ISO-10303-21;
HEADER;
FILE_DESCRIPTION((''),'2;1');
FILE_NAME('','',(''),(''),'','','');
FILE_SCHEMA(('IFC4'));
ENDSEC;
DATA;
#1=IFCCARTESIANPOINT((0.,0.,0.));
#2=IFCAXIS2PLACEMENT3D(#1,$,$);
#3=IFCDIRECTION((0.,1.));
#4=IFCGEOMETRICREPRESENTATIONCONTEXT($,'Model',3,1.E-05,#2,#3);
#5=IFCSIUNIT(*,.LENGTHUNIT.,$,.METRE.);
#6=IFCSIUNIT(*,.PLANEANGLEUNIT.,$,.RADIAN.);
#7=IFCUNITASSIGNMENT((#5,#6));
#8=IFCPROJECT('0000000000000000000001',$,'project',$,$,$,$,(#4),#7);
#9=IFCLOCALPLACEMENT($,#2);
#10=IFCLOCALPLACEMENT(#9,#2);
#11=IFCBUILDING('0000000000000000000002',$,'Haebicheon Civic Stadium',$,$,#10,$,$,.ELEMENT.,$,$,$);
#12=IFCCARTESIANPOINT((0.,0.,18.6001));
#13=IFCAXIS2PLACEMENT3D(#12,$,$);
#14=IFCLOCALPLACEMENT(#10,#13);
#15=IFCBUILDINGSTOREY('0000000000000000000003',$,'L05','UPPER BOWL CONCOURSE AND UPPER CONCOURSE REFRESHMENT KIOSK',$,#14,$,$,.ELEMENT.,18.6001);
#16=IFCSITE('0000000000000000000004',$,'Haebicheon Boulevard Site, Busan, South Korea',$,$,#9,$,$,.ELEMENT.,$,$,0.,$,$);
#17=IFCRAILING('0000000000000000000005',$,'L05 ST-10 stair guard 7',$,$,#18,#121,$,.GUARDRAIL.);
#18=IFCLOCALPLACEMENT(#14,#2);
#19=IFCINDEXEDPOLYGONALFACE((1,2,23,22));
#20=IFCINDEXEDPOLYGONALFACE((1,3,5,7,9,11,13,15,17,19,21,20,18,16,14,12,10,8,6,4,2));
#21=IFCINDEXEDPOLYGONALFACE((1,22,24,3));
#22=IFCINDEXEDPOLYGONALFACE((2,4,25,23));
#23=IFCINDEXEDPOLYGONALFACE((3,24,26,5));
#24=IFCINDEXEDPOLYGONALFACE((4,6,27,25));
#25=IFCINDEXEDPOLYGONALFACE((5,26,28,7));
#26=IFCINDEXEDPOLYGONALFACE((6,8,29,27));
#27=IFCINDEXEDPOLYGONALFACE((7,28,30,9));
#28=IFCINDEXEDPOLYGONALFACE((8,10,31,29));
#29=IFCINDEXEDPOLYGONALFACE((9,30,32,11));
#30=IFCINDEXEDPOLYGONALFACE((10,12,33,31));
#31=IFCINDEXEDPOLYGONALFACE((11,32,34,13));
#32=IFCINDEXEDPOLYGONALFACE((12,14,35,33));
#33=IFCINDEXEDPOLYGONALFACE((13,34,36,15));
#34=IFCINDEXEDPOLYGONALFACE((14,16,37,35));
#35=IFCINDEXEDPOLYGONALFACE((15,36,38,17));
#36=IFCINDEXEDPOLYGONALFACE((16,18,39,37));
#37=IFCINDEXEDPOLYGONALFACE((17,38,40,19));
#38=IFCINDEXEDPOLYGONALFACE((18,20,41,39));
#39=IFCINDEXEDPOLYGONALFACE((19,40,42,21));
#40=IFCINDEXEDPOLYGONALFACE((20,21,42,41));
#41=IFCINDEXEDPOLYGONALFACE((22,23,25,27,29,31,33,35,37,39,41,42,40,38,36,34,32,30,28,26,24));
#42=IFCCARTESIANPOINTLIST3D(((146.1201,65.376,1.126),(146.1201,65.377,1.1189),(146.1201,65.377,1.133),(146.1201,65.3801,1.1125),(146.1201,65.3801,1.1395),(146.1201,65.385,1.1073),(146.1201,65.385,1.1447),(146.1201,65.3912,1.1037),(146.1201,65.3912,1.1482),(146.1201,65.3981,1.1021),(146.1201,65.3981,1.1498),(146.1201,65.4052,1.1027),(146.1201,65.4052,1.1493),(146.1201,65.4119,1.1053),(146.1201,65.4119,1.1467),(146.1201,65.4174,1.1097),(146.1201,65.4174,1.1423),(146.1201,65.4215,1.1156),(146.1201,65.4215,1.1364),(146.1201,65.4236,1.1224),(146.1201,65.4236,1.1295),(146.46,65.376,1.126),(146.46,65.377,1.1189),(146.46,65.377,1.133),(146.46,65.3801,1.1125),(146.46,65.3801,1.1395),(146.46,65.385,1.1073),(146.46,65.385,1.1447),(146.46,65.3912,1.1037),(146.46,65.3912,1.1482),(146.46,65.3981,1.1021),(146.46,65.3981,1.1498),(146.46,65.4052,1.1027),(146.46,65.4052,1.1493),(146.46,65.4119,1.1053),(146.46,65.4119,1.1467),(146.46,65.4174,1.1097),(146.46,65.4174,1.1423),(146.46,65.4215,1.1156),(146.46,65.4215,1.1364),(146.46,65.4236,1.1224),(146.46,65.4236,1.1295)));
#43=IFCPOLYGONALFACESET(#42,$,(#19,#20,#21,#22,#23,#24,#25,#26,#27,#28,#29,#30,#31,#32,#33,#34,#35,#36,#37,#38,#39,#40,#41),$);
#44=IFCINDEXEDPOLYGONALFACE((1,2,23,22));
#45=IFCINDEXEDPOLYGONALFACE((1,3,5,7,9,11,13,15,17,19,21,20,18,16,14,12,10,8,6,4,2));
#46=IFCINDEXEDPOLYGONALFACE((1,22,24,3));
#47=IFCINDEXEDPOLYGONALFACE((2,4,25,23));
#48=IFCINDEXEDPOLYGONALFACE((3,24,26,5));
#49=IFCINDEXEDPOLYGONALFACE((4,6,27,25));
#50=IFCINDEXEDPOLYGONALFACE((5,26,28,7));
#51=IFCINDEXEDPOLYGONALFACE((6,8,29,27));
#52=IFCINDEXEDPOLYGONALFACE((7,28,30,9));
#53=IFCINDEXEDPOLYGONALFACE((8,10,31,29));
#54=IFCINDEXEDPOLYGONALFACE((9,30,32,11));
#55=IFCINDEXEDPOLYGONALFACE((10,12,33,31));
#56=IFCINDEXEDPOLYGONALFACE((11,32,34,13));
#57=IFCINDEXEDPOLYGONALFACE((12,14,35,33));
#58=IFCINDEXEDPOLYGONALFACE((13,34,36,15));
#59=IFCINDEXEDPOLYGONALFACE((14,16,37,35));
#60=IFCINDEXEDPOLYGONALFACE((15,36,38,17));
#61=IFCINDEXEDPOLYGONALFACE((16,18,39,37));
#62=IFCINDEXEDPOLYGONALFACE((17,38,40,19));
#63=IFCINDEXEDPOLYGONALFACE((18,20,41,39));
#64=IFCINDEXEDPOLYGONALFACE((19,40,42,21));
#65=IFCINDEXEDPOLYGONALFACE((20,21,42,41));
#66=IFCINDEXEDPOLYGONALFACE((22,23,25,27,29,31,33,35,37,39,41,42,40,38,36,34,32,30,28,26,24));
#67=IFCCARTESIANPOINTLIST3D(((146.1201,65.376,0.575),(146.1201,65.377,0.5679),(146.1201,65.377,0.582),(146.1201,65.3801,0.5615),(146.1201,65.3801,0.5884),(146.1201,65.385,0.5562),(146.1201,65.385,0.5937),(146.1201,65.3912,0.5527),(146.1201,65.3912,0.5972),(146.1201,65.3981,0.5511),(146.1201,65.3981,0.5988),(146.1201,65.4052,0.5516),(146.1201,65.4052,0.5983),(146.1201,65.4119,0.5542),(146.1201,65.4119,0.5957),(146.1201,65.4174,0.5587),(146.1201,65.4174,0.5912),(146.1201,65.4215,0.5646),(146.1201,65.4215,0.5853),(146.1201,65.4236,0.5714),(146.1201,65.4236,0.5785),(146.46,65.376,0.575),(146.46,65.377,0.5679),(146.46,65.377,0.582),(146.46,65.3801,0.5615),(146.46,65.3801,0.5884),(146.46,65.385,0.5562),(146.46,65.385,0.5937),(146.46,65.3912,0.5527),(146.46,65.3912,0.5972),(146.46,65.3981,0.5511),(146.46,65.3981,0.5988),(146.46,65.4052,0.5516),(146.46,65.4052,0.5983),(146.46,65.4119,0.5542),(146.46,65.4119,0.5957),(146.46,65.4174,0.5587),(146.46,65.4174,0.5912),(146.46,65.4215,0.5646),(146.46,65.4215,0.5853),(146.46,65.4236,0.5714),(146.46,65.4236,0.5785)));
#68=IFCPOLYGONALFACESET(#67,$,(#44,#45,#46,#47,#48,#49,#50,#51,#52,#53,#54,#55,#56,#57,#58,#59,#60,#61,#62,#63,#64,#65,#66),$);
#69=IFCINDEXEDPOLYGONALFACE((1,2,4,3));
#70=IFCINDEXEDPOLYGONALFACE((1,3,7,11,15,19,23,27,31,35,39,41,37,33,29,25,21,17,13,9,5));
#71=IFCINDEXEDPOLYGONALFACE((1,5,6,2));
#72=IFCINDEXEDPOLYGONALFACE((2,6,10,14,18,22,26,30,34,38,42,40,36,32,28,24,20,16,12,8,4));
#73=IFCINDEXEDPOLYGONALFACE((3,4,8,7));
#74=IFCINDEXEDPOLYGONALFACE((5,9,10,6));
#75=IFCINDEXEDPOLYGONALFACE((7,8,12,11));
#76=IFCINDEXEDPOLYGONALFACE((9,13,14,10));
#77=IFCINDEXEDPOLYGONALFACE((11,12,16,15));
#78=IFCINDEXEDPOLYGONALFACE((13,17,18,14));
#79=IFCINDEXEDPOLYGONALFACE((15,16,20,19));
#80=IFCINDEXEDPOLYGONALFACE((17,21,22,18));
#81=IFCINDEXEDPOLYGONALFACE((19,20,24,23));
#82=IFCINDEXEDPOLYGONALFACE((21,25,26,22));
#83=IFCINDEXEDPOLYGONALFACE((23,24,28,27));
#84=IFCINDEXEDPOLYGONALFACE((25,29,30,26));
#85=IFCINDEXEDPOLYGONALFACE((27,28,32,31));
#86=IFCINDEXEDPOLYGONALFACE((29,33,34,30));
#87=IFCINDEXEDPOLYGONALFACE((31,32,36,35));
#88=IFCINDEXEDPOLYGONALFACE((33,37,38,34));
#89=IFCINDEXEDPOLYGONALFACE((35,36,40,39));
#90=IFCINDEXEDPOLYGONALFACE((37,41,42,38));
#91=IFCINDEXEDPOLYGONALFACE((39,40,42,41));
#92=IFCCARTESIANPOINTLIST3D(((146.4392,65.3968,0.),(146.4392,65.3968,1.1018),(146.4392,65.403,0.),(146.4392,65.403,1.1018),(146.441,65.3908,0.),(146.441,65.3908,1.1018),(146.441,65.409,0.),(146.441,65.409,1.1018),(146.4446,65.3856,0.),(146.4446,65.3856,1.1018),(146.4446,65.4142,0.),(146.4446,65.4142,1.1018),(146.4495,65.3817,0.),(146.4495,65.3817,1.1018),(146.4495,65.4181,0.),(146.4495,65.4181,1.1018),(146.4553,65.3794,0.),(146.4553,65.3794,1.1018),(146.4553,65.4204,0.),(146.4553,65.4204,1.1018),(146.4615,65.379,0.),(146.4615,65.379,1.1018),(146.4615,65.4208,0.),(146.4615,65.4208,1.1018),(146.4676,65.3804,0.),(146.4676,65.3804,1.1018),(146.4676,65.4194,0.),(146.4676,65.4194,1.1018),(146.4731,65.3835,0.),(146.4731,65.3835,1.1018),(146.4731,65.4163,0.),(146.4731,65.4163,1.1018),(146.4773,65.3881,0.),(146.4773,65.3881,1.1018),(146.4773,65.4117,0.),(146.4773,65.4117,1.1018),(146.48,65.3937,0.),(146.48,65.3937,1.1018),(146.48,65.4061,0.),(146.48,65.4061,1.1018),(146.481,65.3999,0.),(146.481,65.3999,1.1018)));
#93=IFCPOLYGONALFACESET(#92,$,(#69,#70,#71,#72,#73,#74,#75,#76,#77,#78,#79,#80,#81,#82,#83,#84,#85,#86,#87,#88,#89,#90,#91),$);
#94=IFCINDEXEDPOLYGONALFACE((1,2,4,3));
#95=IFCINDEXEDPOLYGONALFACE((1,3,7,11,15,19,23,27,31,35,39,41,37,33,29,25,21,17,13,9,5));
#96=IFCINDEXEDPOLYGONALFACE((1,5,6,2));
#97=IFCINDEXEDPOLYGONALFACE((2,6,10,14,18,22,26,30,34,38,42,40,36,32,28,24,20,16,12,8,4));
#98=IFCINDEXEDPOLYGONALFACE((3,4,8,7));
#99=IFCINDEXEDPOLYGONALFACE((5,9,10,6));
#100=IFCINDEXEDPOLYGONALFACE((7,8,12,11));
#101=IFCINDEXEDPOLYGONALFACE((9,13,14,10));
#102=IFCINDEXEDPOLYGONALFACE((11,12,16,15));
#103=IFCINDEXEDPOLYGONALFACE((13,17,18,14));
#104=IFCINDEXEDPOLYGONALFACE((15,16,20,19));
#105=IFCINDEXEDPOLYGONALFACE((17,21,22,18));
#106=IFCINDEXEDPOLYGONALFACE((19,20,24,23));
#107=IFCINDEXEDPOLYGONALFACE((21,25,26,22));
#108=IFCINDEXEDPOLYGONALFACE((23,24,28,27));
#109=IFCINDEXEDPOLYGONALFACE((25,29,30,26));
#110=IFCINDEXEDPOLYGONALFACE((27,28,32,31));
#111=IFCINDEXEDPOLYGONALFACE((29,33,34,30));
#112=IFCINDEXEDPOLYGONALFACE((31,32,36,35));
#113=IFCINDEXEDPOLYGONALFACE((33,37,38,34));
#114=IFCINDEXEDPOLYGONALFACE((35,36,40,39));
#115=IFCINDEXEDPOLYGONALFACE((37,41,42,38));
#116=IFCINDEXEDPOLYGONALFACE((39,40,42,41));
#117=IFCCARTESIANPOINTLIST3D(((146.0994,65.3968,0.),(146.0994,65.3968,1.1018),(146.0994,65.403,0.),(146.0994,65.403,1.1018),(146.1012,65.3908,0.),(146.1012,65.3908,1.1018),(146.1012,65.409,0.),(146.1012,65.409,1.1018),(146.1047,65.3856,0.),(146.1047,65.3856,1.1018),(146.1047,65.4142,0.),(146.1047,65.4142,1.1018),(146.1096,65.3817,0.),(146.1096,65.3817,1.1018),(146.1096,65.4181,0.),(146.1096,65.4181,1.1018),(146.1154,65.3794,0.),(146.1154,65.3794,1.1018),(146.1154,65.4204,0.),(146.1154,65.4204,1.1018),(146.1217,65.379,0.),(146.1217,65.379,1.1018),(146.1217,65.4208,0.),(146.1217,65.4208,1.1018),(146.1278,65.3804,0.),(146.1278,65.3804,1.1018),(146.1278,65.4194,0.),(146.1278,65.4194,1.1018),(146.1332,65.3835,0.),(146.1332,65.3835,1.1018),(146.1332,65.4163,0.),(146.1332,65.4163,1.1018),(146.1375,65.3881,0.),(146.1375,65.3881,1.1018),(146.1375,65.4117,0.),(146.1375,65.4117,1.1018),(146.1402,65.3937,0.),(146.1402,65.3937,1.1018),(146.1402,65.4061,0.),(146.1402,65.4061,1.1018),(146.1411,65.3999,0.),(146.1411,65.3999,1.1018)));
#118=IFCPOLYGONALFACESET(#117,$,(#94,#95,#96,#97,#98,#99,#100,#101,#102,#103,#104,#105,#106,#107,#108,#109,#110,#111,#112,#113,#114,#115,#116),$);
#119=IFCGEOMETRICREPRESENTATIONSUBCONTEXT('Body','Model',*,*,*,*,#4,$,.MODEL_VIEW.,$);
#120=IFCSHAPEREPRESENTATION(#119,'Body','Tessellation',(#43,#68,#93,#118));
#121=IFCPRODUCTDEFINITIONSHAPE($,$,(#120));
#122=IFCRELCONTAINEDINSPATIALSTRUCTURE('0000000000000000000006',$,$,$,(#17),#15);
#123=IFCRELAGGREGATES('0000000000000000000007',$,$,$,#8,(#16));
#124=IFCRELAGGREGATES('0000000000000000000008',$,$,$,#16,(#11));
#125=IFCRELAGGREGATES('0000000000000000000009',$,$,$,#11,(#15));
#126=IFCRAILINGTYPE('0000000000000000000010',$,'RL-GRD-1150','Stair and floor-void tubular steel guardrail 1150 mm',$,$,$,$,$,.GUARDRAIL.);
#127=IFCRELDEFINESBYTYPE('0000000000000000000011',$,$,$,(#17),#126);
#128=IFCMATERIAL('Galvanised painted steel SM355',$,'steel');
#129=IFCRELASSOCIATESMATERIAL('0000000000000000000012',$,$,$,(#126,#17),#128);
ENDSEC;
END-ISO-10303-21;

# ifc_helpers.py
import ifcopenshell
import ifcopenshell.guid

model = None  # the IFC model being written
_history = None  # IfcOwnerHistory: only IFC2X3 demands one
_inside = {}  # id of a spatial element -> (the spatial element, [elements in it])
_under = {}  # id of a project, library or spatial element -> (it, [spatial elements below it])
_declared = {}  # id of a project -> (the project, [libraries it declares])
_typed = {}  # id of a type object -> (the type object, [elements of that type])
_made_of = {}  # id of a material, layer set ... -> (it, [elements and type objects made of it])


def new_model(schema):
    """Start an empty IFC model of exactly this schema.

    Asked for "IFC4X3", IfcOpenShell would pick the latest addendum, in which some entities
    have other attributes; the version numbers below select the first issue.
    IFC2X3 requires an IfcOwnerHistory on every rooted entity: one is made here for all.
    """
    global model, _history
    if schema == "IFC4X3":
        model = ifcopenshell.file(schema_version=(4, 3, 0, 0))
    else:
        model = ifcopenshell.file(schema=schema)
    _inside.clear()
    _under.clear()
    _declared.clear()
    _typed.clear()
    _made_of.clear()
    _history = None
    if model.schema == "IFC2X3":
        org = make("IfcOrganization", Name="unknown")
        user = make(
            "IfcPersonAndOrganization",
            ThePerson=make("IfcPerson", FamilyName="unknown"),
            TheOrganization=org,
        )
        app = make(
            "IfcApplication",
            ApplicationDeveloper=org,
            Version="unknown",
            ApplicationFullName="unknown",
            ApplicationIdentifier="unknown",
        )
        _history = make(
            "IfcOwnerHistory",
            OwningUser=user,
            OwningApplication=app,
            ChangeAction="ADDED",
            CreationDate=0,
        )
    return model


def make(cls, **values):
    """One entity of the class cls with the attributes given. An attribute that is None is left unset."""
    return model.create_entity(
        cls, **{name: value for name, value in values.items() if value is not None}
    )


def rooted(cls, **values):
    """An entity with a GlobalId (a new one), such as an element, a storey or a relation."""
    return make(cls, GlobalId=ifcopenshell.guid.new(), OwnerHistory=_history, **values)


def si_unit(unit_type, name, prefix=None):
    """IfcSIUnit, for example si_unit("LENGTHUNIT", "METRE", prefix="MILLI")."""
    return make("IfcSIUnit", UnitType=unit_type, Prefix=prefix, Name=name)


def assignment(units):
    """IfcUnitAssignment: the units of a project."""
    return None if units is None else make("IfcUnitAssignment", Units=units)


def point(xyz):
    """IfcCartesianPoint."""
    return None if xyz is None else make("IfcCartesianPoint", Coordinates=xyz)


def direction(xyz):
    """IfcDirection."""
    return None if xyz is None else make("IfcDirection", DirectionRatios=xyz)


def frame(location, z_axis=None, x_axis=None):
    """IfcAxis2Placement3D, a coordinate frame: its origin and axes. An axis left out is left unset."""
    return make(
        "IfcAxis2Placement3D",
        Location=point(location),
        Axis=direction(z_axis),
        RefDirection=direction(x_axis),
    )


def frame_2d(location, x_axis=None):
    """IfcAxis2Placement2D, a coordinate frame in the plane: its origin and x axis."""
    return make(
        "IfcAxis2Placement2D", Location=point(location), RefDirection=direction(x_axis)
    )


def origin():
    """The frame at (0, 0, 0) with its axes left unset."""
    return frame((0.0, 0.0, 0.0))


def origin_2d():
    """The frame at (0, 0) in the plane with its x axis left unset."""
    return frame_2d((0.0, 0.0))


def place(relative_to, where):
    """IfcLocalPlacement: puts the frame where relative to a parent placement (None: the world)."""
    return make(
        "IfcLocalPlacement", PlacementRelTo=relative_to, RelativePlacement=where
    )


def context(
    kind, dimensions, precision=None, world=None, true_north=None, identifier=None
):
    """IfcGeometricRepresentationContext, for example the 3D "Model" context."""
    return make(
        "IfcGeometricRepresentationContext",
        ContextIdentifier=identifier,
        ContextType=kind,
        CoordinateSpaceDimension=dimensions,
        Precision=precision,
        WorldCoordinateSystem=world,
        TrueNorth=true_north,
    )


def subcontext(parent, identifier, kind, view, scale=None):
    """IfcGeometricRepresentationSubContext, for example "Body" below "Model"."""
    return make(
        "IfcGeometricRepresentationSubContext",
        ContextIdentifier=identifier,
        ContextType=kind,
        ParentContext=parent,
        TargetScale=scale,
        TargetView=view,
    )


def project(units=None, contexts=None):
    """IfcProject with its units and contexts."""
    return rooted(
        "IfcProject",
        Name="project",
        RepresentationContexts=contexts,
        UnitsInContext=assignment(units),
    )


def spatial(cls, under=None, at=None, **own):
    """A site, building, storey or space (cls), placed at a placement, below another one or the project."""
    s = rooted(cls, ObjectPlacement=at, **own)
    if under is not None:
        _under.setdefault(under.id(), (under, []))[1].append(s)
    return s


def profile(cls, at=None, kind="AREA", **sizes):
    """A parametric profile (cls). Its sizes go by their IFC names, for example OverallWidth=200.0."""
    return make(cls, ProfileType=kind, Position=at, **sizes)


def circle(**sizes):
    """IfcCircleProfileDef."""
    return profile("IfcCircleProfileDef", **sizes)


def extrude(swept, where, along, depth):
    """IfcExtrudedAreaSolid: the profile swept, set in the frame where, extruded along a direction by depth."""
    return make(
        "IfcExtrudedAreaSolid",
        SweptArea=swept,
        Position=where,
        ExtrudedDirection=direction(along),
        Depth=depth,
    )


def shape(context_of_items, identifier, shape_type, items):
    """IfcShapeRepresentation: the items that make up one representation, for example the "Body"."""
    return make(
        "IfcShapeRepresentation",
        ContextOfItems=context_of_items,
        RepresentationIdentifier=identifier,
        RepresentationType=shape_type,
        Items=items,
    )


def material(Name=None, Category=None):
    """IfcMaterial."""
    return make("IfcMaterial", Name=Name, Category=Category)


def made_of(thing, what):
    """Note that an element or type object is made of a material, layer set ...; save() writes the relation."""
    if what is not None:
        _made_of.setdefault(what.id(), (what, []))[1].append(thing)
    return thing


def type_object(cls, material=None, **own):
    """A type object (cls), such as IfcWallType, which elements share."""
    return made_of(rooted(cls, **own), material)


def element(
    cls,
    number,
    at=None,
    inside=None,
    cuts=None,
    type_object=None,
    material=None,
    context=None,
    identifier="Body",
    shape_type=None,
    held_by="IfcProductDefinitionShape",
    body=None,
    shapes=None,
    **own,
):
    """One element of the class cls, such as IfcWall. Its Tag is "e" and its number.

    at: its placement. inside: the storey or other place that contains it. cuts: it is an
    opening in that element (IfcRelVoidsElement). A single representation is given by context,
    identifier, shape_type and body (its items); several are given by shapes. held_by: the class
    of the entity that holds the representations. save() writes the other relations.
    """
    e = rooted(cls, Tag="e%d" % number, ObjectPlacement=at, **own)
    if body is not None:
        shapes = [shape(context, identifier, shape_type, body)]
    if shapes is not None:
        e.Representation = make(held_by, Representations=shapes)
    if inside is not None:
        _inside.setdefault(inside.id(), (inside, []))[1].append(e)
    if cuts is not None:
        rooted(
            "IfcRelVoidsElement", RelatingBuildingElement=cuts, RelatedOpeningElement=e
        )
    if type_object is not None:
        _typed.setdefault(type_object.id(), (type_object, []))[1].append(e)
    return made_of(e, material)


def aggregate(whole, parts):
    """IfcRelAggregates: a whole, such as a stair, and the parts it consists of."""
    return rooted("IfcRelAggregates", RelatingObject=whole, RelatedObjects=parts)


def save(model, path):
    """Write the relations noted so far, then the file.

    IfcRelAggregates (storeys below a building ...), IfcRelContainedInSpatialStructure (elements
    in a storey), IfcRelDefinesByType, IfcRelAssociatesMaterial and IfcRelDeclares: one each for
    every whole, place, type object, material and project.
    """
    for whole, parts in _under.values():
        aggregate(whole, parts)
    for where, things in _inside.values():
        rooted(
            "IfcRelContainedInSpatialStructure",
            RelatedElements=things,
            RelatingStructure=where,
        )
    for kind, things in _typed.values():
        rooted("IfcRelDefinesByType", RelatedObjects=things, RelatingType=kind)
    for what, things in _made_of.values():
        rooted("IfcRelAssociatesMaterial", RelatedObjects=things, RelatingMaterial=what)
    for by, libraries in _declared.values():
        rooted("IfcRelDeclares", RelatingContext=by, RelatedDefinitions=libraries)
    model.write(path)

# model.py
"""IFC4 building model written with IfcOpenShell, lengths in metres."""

from ifc_helpers import new_model, si_unit, direction, frame, origin, origin_2d, place, context, subcontext, project, spatial, circle, extrude, material, type_object, element, save


model = new_model("IFC4")

# Units and contexts
model_context = context("Model", 3, precision=1e-05, world=origin(), true_north=direction((0.0, 1.0)))
body_context = subcontext(model_context, "Body", "Model", "MODEL_VIEW")
ifc_project = project(units=[si_unit("LENGTHUNIT", "METRE"), si_unit("PLANEANGLEUNIT", "RADIAN")], contexts=[model_context])

# Site, building, storey
site_placement = place(None, origin())
site = spatial("IfcSite", under=ifc_project, at=site_placement, Name="Haebicheon Boulevard Site, Busan, South Korea", CompositionType="ELEMENT", RefElevation=0.0)
building_placement = place(site_placement, origin())
building = spatial("IfcBuilding", under=site, at=building_placement, Name="Haebicheon Civic Stadium", CompositionType="ELEMENT")
storey_placement = place(building_placement, frame((0.0, 0.0, 18.6001)))
storey = spatial("IfcBuildingStorey", under=building, at=storey_placement, Name="L05", Description="UPPER BOWL CONCOURSE AND UPPER CONCOURSE REFRESHMENT KIOSK", CompositionType="ELEMENT", Elevation=18.6001)

# Railing
ifc_material_1 = material(Name="Galvanised painted steel SM355", Category="steel")
railing_type_1 = type_object("IfcRailingType", Name="RL-GRD-1150", Description="Stair and floor-void tubular steel guardrail 1150 mm", PredefinedType="GUARDRAIL", material=ifc_material_1)
railing_1_placement = place(storey_placement, frame((146.46, 65.3999, 0.0)))
element("IfcRailing", 1, at=railing_1_placement, inside=storey, type_object=railing_type_1, material=ifc_material_1, Name="L05 ST-10 stair guard 7", PredefinedType="GUARDRAIL", context=body_context, shape_type="SweptSolid", body=[
    extrude(circle(Radius=0.0239, at=origin_2d()), frame((0.0, 0.0, 1.126), z_axis=(-1.0, 0.0, 0.0), x_axis=(0.0, -1.0, 0.0)), (0.0, 0.0, 1.0), 0.3398),
    extrude(circle(Radius=0.0239, at=origin_2d()), frame((0.0, 0.0, 0.575), z_axis=(-1.0, 0.0, 0.0), x_axis=(0.0, -1.0, 0.0)), (0.0, 0.0, 1.0), 0.3398),
    extrude(circle(Radius=0.021, at=origin_2d()), origin(), (0.0, 0.0, 1.0), 1.1018),
    extrude(circle(Radius=0.021, at=origin_2d()), frame((-0.3398, 0.0, 0.0)), (0.0, 0.0, 1.0), 1.1018),
])

save(model, "model.ifc")
